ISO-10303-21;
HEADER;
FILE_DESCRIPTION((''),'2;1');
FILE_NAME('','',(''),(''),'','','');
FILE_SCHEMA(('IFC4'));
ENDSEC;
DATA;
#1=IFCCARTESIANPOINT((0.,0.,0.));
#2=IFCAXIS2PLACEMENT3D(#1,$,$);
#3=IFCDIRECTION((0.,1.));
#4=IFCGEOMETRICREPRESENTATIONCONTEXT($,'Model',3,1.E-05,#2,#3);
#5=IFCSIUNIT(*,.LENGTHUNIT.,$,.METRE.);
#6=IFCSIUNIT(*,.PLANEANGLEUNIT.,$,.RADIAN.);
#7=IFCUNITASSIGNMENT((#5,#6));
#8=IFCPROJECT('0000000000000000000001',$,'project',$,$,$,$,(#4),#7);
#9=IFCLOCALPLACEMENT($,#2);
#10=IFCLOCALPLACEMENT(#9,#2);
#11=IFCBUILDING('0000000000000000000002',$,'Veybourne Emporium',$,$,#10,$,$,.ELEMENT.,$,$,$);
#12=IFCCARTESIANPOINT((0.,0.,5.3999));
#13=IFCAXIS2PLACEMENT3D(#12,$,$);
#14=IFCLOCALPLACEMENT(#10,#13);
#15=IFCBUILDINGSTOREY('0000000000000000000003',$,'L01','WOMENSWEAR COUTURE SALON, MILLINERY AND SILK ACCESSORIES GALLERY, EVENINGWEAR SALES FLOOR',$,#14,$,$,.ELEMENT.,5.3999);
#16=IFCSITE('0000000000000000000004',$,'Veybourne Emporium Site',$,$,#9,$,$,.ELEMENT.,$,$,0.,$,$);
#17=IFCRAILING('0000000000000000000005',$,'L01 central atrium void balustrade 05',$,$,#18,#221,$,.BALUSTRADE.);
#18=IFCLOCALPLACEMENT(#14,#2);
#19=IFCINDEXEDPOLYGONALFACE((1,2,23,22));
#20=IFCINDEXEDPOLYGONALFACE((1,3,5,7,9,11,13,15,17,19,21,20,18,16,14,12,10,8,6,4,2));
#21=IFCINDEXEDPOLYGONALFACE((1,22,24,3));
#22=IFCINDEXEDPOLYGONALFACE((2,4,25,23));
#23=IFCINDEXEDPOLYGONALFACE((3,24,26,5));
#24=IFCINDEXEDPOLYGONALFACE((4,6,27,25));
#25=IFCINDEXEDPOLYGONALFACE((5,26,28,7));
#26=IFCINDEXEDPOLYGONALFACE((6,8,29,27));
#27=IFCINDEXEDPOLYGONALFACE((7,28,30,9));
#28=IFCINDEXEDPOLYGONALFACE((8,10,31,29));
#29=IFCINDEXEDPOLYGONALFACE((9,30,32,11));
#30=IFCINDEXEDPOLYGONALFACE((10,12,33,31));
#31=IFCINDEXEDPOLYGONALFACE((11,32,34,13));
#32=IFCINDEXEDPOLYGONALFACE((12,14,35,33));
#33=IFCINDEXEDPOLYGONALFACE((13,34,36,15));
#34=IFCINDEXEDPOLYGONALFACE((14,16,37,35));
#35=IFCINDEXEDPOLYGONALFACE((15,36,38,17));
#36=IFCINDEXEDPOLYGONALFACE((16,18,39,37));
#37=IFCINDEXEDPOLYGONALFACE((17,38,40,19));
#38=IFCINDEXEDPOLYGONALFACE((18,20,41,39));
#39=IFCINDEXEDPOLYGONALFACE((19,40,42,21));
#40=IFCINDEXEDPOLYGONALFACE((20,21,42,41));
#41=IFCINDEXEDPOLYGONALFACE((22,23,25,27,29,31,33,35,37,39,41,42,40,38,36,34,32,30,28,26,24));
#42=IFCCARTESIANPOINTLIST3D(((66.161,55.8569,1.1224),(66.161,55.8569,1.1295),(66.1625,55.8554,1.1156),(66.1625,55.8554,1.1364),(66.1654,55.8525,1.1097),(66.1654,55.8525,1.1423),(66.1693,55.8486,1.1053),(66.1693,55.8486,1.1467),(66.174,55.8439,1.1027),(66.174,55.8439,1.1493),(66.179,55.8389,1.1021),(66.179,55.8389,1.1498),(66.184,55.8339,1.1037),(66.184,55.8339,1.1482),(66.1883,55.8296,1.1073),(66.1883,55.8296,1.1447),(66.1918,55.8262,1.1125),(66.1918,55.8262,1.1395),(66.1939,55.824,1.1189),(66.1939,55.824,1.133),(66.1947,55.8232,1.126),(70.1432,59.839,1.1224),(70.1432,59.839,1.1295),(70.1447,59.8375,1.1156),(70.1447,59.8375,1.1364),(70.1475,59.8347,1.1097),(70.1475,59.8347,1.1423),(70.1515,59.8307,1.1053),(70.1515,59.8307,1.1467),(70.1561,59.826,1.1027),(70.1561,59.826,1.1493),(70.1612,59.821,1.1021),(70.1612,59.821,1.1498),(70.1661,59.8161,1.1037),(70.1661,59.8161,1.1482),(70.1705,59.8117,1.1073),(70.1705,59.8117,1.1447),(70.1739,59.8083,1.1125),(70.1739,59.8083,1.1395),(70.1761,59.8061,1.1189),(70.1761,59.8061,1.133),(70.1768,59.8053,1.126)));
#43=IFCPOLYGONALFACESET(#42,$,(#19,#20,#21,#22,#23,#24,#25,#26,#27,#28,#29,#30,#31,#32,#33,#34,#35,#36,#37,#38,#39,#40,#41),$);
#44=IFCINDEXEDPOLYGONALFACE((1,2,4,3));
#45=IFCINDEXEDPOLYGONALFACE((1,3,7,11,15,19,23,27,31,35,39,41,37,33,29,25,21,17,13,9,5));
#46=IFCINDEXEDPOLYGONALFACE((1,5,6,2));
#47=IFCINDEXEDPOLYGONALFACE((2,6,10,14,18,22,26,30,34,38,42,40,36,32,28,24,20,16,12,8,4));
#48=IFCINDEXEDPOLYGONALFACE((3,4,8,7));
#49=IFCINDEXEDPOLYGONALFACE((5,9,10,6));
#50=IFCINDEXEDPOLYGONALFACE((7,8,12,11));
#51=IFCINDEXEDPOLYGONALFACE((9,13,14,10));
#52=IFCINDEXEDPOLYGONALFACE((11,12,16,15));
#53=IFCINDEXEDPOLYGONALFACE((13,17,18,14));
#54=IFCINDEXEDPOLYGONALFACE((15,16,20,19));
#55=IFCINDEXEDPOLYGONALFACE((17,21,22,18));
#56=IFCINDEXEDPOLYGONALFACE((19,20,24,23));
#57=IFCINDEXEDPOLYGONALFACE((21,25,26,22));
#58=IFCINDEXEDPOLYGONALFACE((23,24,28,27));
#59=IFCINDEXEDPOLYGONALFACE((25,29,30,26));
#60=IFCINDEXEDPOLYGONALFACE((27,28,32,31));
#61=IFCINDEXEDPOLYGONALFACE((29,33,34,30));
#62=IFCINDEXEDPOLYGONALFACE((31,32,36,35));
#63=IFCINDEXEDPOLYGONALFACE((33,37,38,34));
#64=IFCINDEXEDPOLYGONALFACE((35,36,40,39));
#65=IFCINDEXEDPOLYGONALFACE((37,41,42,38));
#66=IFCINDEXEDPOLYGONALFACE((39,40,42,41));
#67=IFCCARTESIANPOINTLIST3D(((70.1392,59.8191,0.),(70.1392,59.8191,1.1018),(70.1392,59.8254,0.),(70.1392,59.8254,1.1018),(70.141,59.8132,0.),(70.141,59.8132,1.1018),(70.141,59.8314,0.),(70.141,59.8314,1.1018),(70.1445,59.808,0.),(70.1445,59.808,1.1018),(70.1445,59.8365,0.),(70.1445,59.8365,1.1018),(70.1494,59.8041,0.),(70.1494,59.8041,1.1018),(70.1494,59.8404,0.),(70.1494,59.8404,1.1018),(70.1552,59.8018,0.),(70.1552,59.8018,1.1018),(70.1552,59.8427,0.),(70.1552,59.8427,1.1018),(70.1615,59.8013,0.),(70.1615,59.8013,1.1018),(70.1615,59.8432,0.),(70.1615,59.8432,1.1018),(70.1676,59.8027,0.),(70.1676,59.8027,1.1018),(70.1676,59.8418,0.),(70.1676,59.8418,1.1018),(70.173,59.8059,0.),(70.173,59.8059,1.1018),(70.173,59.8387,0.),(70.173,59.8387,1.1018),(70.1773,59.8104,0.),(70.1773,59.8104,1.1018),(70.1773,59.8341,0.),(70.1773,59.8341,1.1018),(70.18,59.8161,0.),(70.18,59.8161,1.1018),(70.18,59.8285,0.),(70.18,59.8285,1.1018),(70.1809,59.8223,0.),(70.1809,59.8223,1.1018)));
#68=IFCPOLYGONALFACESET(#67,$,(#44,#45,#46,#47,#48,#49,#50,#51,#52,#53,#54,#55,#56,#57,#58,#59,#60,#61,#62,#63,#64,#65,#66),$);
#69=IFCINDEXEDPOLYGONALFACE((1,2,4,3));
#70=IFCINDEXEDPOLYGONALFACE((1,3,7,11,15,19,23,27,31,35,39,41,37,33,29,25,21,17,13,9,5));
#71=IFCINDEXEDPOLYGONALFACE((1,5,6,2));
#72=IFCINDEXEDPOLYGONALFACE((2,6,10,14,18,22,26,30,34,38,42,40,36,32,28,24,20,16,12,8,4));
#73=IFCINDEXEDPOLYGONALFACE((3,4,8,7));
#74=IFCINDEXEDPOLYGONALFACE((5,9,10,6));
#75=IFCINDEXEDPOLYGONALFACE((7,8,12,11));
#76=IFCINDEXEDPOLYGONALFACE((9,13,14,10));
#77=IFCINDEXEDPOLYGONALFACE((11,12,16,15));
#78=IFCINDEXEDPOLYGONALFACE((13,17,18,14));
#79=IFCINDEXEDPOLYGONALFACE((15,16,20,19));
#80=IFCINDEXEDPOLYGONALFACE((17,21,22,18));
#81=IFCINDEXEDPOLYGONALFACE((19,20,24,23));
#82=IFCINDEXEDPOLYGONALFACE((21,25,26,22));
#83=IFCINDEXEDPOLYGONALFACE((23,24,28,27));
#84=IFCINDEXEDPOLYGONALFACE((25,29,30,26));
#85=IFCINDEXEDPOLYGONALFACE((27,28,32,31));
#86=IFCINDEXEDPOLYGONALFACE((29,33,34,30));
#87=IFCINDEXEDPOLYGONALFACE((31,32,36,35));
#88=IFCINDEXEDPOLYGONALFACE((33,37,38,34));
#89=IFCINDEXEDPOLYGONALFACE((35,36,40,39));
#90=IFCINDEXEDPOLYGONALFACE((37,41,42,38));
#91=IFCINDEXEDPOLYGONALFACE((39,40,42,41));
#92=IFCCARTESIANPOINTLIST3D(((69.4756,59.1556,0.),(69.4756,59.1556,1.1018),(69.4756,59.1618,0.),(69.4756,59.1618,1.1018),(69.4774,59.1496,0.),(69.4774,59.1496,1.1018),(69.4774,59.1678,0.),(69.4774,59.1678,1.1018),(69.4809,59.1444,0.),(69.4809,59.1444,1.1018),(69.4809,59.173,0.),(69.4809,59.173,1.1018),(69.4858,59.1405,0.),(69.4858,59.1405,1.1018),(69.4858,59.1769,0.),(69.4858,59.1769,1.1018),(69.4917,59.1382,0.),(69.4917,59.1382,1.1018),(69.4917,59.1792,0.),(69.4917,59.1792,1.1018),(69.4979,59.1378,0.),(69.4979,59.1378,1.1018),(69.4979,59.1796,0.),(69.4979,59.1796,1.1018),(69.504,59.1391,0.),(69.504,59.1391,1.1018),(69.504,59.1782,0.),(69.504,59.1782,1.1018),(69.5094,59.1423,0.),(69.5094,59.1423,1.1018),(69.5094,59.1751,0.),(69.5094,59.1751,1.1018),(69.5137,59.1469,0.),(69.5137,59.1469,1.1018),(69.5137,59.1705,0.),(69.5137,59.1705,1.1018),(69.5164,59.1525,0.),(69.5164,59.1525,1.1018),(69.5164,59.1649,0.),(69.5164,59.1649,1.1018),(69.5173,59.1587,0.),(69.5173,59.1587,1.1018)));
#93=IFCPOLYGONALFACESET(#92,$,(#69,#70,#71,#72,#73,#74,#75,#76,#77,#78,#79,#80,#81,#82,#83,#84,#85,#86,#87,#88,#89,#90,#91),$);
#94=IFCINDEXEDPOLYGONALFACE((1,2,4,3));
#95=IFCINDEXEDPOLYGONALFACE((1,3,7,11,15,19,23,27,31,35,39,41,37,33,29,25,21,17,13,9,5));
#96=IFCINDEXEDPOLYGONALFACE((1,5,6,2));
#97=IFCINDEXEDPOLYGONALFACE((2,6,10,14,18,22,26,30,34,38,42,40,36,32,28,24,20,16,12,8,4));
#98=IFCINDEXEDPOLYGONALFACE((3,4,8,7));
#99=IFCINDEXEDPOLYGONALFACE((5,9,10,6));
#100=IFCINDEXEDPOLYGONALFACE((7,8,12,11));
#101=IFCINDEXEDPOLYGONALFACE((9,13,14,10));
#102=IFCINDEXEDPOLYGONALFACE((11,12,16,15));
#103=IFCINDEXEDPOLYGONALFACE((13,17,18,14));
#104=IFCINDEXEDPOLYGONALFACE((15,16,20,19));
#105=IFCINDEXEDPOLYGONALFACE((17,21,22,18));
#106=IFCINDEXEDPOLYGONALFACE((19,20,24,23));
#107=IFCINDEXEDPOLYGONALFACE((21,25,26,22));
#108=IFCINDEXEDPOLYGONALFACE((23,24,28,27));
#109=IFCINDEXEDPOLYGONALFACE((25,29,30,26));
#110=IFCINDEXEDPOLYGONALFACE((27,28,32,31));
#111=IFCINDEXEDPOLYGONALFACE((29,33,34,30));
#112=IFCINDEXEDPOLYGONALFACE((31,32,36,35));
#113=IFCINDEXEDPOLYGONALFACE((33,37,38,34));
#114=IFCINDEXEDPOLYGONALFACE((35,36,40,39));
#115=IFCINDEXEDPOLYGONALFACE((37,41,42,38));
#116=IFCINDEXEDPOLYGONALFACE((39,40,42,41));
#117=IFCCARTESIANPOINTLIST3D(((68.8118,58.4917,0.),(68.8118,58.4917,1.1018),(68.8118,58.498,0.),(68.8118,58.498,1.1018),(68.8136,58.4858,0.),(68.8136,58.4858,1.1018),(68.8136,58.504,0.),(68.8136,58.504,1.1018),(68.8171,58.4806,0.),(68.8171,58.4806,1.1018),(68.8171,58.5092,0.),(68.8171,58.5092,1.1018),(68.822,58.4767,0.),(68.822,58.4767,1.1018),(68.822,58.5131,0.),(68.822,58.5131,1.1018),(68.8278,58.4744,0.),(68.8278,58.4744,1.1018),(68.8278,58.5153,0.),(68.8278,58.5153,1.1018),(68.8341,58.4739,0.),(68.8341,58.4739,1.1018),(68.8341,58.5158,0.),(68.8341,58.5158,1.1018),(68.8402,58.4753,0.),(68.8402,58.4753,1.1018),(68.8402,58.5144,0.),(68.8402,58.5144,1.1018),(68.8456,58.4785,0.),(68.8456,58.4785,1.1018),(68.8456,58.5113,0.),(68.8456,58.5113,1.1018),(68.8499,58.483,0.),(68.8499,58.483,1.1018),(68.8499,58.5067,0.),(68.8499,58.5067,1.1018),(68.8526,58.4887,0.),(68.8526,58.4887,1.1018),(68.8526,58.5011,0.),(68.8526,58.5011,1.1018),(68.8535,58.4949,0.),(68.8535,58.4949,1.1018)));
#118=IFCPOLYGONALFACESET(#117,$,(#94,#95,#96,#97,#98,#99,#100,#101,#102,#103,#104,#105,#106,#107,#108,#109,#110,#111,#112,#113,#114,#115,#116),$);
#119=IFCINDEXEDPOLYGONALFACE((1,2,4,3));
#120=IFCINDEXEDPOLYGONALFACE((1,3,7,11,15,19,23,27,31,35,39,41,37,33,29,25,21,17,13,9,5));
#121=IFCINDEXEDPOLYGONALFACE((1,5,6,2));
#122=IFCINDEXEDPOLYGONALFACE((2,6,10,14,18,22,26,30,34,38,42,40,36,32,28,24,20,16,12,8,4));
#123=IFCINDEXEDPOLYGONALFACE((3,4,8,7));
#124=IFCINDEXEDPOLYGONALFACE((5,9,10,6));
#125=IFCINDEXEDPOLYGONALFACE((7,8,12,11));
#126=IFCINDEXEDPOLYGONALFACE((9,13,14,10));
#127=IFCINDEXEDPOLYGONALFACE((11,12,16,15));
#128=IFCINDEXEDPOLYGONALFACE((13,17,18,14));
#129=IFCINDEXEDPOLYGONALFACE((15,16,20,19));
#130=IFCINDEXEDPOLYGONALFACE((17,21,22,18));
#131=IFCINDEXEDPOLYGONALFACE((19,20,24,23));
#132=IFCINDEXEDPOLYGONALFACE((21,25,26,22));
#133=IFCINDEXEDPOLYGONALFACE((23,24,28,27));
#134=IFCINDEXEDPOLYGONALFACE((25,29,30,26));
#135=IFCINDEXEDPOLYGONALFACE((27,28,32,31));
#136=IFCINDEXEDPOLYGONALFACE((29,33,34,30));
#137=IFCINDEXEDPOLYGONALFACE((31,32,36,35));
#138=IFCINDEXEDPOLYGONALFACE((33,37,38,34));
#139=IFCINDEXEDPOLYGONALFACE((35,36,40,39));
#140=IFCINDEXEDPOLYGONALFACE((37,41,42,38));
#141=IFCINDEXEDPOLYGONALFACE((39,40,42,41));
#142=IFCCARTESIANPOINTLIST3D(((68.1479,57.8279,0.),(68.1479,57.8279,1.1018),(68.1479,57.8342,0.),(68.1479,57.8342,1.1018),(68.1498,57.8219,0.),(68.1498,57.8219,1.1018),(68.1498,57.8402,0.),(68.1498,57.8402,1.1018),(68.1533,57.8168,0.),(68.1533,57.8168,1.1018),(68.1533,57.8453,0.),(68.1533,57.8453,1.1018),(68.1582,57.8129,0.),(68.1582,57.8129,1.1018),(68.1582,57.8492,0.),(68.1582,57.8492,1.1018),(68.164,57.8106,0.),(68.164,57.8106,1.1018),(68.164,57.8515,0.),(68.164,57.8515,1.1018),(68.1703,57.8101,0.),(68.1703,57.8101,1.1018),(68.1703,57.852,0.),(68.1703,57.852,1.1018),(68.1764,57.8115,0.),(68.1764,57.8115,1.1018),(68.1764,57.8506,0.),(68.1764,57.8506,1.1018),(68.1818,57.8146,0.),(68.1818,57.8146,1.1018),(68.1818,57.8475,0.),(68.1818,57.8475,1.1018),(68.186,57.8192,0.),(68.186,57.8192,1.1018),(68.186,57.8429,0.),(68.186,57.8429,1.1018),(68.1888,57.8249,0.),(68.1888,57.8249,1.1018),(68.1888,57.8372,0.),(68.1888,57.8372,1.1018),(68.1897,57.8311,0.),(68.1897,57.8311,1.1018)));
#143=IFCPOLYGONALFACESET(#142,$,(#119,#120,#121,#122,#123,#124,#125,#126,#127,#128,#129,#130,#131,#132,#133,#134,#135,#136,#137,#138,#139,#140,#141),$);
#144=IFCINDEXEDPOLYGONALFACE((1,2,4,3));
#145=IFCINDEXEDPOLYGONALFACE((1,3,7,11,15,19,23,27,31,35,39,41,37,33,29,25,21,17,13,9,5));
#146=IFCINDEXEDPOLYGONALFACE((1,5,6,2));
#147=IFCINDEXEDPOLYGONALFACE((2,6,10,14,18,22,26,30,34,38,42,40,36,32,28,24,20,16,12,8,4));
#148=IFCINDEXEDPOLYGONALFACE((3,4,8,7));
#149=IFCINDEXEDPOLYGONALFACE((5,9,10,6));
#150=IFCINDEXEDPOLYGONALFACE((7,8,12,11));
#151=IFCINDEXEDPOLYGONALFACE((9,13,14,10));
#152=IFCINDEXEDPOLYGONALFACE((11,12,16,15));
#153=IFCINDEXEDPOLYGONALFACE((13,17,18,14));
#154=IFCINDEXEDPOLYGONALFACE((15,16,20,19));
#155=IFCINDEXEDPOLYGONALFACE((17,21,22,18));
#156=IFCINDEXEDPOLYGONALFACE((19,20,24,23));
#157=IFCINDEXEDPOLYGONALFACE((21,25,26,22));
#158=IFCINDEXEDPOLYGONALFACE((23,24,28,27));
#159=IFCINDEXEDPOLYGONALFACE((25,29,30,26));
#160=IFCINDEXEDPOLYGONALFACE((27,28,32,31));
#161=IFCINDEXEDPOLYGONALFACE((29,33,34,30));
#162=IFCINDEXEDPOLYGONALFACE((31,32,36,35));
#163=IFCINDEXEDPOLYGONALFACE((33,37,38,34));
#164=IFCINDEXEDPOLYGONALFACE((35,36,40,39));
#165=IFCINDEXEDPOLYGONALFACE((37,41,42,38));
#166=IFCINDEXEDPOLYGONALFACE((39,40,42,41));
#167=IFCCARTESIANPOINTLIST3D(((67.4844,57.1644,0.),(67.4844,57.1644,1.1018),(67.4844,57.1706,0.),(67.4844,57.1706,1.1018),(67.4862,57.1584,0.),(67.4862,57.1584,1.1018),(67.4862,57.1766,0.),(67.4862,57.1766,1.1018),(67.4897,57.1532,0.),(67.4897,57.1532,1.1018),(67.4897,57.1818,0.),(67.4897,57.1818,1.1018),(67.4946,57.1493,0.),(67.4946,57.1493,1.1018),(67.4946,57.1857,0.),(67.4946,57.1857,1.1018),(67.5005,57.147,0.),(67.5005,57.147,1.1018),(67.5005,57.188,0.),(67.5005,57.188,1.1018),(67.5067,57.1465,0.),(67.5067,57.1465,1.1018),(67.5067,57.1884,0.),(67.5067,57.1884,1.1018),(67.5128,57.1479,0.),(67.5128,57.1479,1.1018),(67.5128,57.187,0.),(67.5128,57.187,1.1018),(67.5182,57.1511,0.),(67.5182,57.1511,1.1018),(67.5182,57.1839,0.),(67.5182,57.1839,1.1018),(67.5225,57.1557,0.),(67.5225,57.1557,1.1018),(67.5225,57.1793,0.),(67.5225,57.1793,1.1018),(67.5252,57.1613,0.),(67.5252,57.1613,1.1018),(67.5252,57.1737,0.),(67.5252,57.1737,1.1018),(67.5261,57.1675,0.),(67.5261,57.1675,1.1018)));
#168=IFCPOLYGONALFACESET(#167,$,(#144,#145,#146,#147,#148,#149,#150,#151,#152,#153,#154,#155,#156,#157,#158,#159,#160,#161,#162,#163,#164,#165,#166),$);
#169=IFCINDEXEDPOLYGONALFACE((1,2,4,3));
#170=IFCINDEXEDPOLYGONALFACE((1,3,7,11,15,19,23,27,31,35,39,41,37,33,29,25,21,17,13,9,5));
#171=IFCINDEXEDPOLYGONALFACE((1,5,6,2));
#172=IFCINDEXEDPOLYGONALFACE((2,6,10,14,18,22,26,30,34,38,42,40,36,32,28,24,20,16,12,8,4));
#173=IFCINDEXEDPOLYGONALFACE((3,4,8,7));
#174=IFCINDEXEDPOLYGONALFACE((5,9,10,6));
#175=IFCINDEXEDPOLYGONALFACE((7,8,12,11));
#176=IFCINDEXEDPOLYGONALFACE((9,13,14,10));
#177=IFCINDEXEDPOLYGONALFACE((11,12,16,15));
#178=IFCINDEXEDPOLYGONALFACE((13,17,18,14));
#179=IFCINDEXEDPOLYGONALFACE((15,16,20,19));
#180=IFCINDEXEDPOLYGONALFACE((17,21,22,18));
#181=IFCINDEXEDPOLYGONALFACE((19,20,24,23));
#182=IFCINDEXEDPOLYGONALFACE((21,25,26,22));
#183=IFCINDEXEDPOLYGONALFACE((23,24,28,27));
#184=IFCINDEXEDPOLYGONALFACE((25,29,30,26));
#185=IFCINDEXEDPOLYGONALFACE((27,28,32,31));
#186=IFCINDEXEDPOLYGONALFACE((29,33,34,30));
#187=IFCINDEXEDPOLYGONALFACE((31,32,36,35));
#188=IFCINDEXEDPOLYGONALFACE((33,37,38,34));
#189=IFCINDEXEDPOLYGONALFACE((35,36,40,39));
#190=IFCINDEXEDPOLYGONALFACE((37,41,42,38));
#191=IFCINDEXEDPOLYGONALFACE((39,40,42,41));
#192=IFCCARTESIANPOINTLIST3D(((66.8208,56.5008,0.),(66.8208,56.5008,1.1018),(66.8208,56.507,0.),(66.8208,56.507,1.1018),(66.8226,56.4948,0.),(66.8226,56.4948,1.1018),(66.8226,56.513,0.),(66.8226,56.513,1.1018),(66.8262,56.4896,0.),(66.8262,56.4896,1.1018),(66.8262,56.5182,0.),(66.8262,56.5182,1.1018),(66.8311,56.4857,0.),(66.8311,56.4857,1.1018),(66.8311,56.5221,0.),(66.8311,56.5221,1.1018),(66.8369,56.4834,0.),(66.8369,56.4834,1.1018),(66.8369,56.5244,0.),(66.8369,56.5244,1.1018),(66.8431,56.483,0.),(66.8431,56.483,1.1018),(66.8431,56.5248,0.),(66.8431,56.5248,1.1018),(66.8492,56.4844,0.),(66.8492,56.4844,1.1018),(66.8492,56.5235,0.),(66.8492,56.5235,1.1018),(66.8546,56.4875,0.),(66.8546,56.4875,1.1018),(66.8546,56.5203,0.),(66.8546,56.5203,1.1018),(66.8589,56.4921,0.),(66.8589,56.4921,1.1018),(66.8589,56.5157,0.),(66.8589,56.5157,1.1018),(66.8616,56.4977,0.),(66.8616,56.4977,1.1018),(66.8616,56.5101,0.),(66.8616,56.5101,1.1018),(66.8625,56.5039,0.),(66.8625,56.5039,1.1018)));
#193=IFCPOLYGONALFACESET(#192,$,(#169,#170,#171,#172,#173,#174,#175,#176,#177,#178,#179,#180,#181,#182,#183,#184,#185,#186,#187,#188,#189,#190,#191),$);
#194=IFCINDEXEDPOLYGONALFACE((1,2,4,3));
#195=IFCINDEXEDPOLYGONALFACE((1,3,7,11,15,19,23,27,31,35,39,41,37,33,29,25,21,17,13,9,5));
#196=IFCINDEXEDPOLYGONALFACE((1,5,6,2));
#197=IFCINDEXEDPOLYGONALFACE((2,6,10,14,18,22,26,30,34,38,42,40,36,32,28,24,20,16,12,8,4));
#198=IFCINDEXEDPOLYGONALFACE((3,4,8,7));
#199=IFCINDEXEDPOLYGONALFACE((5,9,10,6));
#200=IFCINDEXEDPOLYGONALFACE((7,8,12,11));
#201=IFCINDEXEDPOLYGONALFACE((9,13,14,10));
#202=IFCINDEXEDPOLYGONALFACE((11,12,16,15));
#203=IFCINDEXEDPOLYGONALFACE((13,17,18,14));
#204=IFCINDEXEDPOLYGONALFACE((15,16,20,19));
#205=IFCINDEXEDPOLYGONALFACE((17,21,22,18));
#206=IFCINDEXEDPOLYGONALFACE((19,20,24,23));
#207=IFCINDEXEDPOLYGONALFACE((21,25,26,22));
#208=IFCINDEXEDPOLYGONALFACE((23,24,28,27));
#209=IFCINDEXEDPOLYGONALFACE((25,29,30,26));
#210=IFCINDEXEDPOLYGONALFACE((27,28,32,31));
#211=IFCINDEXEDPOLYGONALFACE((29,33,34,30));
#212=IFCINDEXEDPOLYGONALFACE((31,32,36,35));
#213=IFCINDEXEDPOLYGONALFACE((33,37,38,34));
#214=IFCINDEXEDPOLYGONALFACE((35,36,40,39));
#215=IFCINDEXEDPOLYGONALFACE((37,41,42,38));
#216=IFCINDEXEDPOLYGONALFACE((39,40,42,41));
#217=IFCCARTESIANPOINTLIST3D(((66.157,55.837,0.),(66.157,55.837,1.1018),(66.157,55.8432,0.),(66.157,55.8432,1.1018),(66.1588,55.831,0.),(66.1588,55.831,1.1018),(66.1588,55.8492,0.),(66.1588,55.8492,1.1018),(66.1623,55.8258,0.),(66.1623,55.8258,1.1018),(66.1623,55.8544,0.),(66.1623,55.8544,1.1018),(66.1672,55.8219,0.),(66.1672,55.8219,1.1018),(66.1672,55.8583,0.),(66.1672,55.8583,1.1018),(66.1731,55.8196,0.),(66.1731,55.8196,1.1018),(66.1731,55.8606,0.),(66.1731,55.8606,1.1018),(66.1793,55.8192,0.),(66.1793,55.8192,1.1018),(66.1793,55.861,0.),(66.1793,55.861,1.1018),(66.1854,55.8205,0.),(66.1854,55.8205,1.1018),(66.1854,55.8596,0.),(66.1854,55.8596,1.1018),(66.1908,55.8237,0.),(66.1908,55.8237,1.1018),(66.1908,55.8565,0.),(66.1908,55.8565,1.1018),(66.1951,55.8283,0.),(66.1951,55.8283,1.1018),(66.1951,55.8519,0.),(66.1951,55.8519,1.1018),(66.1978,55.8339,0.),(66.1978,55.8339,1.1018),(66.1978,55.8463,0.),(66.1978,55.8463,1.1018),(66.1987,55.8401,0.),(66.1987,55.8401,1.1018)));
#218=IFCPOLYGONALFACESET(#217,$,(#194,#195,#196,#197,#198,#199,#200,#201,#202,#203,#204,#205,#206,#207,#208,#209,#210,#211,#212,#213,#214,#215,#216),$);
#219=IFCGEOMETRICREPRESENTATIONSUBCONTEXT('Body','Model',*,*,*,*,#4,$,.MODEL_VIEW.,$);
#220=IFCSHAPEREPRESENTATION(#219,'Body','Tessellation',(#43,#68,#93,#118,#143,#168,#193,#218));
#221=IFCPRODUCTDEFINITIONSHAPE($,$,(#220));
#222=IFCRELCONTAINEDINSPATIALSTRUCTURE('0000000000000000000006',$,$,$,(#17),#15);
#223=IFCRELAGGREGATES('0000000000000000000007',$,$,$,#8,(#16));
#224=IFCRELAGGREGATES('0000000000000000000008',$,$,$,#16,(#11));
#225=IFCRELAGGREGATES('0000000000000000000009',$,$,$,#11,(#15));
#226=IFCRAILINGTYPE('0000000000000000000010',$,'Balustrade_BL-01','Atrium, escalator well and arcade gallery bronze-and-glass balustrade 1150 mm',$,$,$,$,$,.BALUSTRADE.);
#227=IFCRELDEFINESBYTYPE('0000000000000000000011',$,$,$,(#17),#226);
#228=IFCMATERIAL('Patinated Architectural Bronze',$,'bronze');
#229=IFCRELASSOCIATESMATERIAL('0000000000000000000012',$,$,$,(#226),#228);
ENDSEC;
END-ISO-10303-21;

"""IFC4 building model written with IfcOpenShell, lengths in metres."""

from ifc_helpers import new_model, si_unit, direction, frame, origin, origin_2d, place, context, subcontext, project, spatial, circle, extrude, material, type_object, element, save


model = new_model("IFC4")

# Units and contexts
model_context = context("Model", 3, precision=1e-05, world=origin(), true_north=direction((0.0, 1.0)))
body_context = subcontext(model_context, "Body", "Model", "MODEL_VIEW")
ifc_project = project(units=[si_unit("LENGTHUNIT", "METRE"), si_unit("PLANEANGLEUNIT", "RADIAN")], contexts=[model_context])

# Site, building, storey
site_placement = place(None, origin())
site = spatial("IfcSite", under=ifc_project, at=site_placement, Name="Veybourne Emporium Site", CompositionType="ELEMENT", RefElevation=0.0)
building_placement = place(site_placement, origin())
building = spatial("IfcBuilding", under=site, at=building_placement, Name="Veybourne Emporium", CompositionType="ELEMENT")
storey_placement = place(building_placement, frame((0.0, 0.0, 5.3999)))
storey = spatial("IfcBuildingStorey", under=building, at=storey_placement, Name="L01", Description="WOMENSWEAR COUTURE SALON, MILLINERY AND SILK ACCESSORIES GALLERY, EVENINGWEAR SALES FLOOR", CompositionType="ELEMENT", Elevation=5.3999)

# Railing
ifc_material_1 = material(Name="Patinated Architectural Bronze", Category="bronze")
railing_type = type_object("IfcRailingType", Name="Balustrade_BL-01", Description="Atrium, escalator well and arcade gallery bronze-and-glass balustrade 1150 mm", PredefinedType="BALUSTRADE", material=ifc_material_1)
railing_1_placement = place(storey_placement, frame((70.1599, 59.8223, 0.0)))
element("IfcRailing", 1, at=railing_1_placement, inside=storey, type_object=railing_type, Name="L01 central atrium void balustrade 05", PredefinedType="BALUSTRADE", context=body_context, shape_type="SweptSolid", body=[
    extrude(circle(Radius=0.0239, at=origin_2d()), frame((0.0, 0.0, 1.126), z_axis=(-0.707107, -0.707107, 0.0), x_axis=(0.707107, -0.707107, 0.0)), (0.0, 0.0, 1.0), 5.6316),
    extrude(circle(Radius=0.021, at=origin_2d()), origin(), (0.0, 0.0, 1.0), 1.1018),
    extrude(circle(Radius=0.021, at=origin_2d()), frame((-0.6636, -0.6636, 0.0)), (0.0, 0.0, 1.0), 1.1018),
    extrude(circle(Radius=0.021, at=origin_2d()), frame((-1.3274, -1.3274, 0.0)), (0.0, 0.0, 1.0), 1.1018),
    extrude(circle(Radius=0.021, at=origin_2d()), frame((-1.9912, -1.9912, 0.0)), (0.0, 0.0, 1.0), 1.1018),
    extrude(circle(Radius=0.021, at=origin_2d()), frame((-2.6548, -2.6548, 0.0)), (0.0, 0.0, 1.0), 1.1018),
    extrude(circle(Radius=0.021, at=origin_2d()), frame((-3.3184, -3.3184, 0.0)), (0.0, 0.0, 1.0), 1.1018),
    extrude(circle(Radius=0.021, at=origin_2d()), frame((-3.9822, -3.9822, 0.0)), (0.0, 0.0, 1.0), 1.1018),
])

save(model, "model.ifc")
